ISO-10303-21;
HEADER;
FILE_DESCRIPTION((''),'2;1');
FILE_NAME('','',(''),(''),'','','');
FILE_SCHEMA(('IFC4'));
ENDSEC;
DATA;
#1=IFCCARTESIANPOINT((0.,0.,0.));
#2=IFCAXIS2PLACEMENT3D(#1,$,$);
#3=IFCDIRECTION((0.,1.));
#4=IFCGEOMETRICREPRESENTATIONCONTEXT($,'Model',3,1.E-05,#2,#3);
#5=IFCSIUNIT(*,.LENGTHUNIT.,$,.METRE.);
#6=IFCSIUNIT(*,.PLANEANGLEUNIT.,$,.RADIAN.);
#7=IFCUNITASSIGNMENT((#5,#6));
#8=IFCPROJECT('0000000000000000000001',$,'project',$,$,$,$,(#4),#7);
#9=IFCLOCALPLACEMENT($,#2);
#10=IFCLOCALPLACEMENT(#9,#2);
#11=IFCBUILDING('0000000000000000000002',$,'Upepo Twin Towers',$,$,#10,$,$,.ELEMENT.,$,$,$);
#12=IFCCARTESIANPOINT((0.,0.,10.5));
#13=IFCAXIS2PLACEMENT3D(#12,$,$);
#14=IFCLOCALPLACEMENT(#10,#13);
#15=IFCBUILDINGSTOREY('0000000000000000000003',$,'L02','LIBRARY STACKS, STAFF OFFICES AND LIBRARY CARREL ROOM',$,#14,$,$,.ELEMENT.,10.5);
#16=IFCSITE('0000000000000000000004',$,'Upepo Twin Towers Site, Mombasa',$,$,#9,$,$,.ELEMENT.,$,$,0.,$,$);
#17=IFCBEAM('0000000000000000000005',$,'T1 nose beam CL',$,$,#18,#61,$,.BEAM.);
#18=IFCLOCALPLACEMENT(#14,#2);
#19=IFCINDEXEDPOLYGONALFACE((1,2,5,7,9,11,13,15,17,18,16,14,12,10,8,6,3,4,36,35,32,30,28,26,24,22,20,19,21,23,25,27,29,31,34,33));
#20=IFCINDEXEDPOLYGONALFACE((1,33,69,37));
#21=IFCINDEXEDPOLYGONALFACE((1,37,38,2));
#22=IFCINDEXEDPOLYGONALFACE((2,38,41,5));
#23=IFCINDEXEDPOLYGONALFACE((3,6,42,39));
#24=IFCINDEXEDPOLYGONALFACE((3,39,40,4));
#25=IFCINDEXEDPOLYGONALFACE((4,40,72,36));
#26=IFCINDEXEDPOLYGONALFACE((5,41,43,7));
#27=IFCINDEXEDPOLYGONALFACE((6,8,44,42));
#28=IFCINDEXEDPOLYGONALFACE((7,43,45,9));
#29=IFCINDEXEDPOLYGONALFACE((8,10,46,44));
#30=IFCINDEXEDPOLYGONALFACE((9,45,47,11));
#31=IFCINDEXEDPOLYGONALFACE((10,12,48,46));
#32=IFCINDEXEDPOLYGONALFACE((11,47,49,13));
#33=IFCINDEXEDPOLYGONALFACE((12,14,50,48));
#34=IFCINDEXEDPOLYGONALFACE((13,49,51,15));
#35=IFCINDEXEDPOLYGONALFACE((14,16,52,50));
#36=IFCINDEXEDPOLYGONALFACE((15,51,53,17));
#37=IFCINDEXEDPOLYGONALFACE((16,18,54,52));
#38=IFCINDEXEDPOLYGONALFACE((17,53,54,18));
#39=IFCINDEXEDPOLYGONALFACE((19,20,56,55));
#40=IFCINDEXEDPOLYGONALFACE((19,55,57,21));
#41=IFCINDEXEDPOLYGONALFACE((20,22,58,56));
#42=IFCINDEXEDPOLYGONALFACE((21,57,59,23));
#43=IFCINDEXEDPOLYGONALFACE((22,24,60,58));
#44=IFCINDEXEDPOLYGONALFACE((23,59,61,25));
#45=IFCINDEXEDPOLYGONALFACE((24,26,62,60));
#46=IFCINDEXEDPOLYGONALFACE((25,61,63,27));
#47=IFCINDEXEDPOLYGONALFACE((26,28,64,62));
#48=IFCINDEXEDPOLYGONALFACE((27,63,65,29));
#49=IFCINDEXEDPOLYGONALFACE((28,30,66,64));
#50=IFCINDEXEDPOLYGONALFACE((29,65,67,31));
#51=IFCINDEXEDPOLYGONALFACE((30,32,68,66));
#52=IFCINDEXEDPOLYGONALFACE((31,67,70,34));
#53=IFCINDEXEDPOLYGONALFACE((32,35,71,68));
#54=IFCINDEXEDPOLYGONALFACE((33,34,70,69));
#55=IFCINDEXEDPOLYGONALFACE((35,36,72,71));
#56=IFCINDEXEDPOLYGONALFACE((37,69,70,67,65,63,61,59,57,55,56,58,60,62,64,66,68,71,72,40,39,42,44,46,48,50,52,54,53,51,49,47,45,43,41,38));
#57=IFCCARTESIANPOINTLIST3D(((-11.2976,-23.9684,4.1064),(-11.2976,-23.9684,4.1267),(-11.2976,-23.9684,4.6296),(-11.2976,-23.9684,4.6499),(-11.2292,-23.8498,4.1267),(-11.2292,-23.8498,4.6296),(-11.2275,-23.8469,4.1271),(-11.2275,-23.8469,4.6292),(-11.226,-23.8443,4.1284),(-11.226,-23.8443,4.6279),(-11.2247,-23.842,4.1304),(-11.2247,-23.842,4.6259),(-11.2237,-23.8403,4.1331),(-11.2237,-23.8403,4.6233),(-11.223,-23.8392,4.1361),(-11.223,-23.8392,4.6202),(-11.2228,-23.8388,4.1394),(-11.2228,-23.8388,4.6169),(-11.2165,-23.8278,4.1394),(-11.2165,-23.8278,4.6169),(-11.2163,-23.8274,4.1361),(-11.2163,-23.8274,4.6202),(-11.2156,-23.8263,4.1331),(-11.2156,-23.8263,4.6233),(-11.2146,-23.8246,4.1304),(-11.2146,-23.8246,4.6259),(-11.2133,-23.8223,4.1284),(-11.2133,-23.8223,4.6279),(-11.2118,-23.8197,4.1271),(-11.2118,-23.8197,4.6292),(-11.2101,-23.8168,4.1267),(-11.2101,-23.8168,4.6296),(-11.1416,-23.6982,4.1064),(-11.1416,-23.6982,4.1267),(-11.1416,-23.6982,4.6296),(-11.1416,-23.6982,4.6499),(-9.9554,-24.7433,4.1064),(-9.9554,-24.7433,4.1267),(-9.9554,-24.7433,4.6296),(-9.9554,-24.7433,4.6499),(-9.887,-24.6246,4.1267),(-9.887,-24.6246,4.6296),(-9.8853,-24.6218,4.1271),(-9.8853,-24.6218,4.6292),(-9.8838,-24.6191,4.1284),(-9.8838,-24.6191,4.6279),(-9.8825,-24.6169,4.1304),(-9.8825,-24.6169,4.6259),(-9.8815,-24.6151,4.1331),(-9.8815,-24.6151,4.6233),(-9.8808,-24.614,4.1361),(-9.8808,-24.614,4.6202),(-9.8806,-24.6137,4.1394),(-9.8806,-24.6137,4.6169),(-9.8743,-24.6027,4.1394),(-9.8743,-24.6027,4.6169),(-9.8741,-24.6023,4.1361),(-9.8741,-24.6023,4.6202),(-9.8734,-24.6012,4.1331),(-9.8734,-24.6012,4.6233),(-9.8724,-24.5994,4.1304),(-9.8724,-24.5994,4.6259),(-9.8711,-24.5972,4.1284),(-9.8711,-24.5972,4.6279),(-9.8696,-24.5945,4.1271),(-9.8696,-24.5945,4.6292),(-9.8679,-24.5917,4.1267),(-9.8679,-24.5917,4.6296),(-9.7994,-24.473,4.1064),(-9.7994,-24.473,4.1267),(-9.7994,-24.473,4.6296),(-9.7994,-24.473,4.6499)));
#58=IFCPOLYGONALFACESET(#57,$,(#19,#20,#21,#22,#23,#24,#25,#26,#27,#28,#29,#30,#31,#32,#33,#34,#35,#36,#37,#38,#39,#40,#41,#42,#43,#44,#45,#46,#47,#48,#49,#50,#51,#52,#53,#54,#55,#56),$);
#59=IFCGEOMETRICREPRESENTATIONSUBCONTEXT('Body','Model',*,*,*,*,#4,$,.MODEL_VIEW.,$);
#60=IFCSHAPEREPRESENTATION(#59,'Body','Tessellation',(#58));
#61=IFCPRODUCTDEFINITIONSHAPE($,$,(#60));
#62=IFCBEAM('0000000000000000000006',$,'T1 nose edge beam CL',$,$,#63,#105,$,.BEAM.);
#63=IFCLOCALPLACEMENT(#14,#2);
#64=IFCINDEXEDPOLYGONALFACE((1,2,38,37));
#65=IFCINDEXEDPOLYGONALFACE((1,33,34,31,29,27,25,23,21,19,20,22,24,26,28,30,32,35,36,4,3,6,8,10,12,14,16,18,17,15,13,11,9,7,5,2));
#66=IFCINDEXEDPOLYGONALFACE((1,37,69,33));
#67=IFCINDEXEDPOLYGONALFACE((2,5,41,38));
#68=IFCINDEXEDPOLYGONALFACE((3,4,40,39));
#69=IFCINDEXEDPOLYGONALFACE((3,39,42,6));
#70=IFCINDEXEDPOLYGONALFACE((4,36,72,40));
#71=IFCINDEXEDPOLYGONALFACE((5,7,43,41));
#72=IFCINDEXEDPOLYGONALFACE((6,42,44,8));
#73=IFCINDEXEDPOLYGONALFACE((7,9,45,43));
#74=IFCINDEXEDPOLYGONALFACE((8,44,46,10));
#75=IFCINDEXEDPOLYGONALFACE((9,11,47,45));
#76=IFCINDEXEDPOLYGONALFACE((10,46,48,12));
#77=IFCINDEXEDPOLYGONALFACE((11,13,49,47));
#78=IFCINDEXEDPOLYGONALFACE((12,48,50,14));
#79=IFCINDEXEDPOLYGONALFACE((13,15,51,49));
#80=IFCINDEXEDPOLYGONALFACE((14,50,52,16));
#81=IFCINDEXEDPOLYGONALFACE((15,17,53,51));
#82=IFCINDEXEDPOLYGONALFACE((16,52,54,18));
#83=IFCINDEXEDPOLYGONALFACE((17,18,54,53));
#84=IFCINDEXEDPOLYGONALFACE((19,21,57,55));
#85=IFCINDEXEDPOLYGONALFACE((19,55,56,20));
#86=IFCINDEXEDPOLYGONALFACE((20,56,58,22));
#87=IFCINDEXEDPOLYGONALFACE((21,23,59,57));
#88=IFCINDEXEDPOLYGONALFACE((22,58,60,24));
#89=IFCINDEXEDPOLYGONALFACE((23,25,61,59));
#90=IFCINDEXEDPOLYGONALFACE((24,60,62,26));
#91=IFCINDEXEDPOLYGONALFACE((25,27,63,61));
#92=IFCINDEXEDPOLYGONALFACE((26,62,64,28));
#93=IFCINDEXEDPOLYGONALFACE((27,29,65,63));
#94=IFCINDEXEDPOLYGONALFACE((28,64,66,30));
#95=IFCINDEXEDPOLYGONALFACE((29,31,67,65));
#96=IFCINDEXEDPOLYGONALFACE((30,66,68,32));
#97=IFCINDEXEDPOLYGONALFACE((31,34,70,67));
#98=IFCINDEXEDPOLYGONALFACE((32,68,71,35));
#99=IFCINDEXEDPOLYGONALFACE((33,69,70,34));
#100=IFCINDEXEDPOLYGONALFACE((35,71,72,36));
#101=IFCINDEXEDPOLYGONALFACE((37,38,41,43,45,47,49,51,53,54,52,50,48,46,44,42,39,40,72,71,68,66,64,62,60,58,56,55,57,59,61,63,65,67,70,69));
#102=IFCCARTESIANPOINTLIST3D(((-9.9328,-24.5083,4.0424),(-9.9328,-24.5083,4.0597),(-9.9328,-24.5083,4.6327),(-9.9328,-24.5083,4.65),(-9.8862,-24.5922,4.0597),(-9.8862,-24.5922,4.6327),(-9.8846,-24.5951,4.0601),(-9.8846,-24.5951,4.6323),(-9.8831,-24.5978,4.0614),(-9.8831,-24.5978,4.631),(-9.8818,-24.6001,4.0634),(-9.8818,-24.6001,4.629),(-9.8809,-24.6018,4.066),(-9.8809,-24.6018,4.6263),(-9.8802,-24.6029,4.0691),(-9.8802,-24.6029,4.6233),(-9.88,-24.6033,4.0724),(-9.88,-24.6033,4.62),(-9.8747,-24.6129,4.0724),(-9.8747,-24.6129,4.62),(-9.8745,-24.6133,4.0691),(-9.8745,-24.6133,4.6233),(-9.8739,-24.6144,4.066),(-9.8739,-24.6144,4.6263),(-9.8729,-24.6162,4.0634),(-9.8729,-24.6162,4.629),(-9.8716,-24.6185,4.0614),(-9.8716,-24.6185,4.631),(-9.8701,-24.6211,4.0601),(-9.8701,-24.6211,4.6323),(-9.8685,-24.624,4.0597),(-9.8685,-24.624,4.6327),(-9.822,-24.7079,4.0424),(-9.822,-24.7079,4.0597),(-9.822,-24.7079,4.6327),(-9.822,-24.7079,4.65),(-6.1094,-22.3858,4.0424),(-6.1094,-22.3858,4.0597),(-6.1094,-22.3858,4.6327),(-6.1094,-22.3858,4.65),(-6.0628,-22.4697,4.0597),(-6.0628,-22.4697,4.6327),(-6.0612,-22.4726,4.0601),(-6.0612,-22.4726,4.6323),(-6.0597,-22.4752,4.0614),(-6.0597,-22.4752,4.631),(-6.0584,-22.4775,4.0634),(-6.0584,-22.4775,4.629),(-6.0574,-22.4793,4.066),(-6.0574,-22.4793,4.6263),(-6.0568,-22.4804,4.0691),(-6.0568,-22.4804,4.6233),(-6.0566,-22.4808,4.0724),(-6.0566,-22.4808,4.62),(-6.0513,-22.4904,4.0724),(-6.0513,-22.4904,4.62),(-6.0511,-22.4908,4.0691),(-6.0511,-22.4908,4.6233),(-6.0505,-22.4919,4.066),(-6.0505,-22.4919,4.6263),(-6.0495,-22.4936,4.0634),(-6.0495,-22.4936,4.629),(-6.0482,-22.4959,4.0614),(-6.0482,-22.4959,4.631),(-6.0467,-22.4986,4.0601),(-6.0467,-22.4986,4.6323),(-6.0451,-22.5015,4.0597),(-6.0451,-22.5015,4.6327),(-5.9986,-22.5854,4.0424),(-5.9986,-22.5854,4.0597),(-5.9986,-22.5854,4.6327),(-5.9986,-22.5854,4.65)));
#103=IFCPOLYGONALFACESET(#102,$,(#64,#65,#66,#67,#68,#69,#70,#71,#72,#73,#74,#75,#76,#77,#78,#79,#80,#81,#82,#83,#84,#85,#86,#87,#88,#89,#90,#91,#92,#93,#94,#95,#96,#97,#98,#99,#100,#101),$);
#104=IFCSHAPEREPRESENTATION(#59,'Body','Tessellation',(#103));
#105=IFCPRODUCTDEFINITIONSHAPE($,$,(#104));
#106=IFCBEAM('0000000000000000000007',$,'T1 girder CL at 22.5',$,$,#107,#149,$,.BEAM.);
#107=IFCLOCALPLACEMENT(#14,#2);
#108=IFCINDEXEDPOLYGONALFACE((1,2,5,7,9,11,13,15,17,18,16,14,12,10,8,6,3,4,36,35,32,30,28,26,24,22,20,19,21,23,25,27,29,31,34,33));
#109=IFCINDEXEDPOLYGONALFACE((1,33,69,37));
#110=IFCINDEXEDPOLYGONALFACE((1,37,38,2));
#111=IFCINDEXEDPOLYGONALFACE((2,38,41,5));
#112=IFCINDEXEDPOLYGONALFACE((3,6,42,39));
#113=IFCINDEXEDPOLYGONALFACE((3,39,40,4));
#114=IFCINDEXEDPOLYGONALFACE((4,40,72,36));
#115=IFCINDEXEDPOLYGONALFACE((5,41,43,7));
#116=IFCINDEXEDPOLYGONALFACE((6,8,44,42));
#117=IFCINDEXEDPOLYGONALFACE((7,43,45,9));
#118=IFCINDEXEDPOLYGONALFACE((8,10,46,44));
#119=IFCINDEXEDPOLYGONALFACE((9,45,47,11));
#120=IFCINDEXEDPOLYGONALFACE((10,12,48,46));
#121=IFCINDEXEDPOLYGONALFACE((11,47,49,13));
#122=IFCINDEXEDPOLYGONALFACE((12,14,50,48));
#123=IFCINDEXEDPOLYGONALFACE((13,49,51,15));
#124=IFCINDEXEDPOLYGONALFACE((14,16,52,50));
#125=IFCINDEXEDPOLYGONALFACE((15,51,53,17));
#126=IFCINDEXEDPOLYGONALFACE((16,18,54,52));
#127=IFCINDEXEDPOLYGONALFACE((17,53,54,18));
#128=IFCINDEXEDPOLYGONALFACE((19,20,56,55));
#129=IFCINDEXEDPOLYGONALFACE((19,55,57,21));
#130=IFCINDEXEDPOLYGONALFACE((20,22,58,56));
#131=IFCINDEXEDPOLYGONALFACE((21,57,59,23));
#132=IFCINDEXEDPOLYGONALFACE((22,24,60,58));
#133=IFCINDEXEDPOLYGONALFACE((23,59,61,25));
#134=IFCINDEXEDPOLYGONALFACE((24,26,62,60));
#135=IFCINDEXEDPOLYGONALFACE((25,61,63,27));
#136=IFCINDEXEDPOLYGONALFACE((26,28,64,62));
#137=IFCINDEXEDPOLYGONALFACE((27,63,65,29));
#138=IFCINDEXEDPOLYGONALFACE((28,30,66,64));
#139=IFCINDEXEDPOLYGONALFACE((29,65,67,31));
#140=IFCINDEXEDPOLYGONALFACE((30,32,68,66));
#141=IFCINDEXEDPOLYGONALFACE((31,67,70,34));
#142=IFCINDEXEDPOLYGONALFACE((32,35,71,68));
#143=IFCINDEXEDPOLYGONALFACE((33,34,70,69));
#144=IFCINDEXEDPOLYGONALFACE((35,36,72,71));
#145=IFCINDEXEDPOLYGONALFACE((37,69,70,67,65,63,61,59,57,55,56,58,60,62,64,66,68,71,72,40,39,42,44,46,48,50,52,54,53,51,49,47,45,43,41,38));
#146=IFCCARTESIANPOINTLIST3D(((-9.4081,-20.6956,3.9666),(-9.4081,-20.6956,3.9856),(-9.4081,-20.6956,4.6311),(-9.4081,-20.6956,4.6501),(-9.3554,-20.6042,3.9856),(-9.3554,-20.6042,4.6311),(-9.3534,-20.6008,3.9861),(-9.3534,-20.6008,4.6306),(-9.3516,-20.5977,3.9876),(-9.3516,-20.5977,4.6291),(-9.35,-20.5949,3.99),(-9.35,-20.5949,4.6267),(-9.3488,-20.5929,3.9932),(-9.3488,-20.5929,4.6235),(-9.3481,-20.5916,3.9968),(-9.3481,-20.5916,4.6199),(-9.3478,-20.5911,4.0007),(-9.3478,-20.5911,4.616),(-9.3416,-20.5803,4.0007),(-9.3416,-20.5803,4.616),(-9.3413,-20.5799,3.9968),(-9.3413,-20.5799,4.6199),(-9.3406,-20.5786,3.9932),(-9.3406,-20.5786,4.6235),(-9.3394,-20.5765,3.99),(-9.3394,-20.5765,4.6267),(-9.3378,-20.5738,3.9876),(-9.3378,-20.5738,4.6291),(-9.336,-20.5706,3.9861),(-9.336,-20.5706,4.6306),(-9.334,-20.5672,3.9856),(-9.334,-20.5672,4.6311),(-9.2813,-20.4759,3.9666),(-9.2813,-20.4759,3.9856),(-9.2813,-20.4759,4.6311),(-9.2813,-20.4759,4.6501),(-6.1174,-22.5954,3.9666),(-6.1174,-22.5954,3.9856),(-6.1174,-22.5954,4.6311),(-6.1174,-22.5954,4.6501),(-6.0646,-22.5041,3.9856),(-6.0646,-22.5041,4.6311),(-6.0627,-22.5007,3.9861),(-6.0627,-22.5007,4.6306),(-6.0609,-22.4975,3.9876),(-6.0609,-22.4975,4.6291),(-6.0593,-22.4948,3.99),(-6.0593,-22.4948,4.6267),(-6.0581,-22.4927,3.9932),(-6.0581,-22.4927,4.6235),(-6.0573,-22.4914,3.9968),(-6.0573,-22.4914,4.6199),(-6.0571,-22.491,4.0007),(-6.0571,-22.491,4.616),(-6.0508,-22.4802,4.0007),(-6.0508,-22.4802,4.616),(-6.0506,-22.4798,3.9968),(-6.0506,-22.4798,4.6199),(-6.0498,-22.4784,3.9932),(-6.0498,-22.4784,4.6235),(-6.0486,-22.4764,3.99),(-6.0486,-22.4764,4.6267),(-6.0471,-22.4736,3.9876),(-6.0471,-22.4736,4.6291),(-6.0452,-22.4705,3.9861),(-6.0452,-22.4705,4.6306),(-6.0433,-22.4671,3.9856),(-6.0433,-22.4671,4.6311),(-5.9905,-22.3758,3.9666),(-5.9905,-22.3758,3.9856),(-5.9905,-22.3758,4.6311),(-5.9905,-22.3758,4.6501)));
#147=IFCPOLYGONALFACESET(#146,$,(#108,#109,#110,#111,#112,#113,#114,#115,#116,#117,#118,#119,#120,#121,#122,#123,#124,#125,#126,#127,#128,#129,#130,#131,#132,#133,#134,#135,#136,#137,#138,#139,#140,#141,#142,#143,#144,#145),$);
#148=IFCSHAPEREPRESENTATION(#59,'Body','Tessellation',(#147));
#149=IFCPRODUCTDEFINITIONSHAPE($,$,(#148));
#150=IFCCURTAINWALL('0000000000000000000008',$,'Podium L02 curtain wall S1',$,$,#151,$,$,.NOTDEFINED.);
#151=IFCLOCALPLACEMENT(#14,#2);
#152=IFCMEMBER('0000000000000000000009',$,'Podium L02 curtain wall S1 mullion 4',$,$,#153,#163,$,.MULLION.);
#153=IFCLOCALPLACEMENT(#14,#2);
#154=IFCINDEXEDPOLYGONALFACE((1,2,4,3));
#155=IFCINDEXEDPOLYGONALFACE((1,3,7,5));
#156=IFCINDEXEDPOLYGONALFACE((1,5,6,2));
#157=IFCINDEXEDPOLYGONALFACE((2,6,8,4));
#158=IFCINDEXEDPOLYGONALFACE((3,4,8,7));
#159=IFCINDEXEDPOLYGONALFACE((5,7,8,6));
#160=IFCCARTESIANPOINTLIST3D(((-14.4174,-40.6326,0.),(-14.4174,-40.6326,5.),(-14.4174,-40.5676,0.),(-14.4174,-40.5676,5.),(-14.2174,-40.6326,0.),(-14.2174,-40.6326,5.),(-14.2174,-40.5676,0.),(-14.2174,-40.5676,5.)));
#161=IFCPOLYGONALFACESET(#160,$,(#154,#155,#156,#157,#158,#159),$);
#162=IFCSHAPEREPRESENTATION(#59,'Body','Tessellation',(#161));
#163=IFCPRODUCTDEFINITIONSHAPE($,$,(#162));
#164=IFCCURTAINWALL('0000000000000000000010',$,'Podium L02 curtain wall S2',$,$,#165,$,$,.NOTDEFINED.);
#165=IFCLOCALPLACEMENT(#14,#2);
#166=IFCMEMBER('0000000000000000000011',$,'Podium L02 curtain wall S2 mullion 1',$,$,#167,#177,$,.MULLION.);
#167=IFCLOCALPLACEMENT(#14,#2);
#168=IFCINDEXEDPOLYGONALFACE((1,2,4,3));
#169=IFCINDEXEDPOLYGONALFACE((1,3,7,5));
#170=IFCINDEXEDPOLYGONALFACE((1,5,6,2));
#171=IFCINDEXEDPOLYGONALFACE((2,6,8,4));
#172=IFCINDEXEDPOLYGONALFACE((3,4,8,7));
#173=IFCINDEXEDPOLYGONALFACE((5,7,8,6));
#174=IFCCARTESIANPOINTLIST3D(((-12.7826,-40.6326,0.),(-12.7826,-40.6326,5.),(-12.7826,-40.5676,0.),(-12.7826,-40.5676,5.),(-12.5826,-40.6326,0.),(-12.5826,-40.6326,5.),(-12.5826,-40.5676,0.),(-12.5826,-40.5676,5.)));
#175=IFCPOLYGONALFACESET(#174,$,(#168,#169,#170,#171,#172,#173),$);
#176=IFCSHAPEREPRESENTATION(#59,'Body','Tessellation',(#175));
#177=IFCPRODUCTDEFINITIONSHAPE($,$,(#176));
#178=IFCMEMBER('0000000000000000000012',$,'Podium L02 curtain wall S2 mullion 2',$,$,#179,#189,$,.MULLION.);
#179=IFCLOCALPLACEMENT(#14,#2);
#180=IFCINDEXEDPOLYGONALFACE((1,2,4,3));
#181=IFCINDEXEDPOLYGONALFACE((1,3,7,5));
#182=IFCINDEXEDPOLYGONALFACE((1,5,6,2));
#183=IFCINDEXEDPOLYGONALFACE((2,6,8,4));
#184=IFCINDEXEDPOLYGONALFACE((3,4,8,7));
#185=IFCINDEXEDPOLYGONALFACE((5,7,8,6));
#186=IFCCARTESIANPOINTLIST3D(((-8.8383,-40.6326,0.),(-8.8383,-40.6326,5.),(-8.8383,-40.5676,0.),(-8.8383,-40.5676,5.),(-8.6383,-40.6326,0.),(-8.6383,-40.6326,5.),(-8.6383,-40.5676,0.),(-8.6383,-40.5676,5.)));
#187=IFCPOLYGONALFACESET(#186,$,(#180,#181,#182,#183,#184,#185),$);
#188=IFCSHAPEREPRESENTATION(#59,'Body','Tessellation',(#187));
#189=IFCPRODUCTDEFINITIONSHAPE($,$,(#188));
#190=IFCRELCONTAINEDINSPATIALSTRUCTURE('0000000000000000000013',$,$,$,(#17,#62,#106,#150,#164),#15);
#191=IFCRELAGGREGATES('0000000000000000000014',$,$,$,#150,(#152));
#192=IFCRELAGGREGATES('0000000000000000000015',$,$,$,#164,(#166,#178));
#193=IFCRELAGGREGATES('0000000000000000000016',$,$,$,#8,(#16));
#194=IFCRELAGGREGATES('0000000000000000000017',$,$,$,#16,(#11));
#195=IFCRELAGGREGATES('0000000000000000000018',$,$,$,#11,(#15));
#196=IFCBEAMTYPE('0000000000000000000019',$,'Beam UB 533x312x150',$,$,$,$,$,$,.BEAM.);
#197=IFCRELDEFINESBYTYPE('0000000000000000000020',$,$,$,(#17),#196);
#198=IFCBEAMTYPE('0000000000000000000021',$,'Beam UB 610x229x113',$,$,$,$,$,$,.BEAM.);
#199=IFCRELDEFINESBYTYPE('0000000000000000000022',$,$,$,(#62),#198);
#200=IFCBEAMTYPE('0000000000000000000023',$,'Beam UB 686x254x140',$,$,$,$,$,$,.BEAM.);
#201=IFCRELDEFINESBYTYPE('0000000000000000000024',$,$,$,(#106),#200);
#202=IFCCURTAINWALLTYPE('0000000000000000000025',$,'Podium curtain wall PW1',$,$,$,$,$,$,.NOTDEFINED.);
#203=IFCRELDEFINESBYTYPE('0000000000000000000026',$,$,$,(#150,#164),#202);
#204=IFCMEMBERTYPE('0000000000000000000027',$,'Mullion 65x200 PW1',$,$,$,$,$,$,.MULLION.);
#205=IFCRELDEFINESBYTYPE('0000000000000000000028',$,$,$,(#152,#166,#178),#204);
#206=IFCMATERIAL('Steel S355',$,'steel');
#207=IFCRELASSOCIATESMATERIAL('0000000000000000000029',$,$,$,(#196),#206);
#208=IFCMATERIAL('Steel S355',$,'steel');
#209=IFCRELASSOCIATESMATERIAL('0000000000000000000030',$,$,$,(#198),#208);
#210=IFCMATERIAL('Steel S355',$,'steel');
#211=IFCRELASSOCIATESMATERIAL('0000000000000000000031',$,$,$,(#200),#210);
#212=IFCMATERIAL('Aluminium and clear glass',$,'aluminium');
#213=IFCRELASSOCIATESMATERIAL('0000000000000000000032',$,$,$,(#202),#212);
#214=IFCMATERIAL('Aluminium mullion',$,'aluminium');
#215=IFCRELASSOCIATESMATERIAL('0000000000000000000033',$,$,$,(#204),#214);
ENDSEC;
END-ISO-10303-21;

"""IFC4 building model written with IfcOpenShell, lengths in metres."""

from ifc_helpers import new_model, si_unit, direction, frame, origin, origin_2d, place, context, subcontext, project, spatial, rectangle, i_section, extrude, material, material_profile, profile_set, type_object, element, aggregate, save


model = new_model("IFC4")

# Units and contexts
model_context = context("Model", 3, precision=1e-05, world=origin(), true_north=direction((0.0, 1.0)))
body_context = subcontext(model_context, "Body", "Model", "MODEL_VIEW")
ifc_project = project(units=[si_unit("LENGTHUNIT", "METRE"), si_unit("PLANEANGLEUNIT", "RADIAN")], contexts=[model_context])

# Site, building, storey
site_placement = place(None, origin())
site = spatial("IfcSite", under=ifc_project, at=site_placement, Name="Upepo Twin Towers Site, Mombasa", CompositionType="ELEMENT", RefElevation=0.0)
building_placement = place(site_placement, origin())
building = spatial("IfcBuilding", under=site, at=building_placement, Name="Upepo Twin Towers", CompositionType="ELEMENT")
storey_placement = place(building_placement, frame((0.0, 0.0, 10.5)))
storey = spatial("IfcBuildingStorey", under=building, at=storey_placement, Name="L02", Description="LIBRARY STACKS, STAFF OFFICES AND LIBRARY CARREL ROOM", CompositionType="ELEMENT", Elevation=10.5)

# Beams
ifc_material_1 = material(Name="Steel S355", Category="steel")
ifc_material_profile_1 = material_profile(ifc_material_1, i_section(OverallWidth=0.312, OverallDepth=0.5435, WebThickness=0.0127, FlangeThickness=0.0203, FilletRadius=0.0127, at=origin_2d()), Name="UB 533x312x150")
ifc_profile_set_1 = profile_set([ifc_material_profile_1], Name="Steel S355")
beam_type_1 = type_object("IfcBeamType", Name="Beam UB 533x312x150", PredefinedType="BEAM", material=ifc_profile_set_1)
beam_1_placement = place(storey_placement, frame((-9.8774, -24.6082, 4.3782), z_axis=(-0.866044, 0.499968, 0.0), x_axis=(-0.499968, -0.866044, 0.0)))
element("IfcBeam", 1, at=beam_1_placement, inside=storey, type_object=beam_type_1, Name="T1 nose beam CL", PredefinedType="BEAM", context=body_context, shape_type="SweptSolid", body=[
    extrude(i_section(OverallWidth=0.312, OverallDepth=0.5435, WebThickness=0.0127, FlangeThickness=0.0203, FilletRadius=0.0127, at=origin_2d()), origin(), (0.0, 0.0, 1.0), 1.5498),
])
ifc_material_2 = material(Name="Steel S355", Category="steel")
ifc_material_profile_2 = material_profile(ifc_material_2, i_section(OverallWidth=0.2283, OverallDepth=0.6077, WebThickness=0.011, FlangeThickness=0.0173, FilletRadius=0.0127, at=origin_2d()), Name="UB 610x229x113")
ifc_profile_set_2 = profile_set([ifc_material_profile_2], Name="Steel S355")
beam_type_2 = type_object("IfcBeamType", Name="Beam UB 610x229x113", PredefinedType="BEAM", material=ifc_profile_set_2)
beam_2_placement = place(storey_placement, frame((-6.054, -22.4856, 4.3462), z_axis=(-0.874313, -0.485363, 0.0), x_axis=(0.485363, -0.874313, 0.0)))
element("IfcBeam", 2, at=beam_2_placement, inside=storey, type_object=beam_type_2, Name="T1 nose edge beam CL", PredefinedType="BEAM", context=body_context, shape_type="SweptSolid", body=[
    extrude(i_section(OverallWidth=0.2283, OverallDepth=0.6077, WebThickness=0.011, FlangeThickness=0.0173, FilletRadius=0.0127, at=origin_2d()), origin(), (0.0, 0.0, 1.0), 4.373),
])
ifc_material_3 = material(Name="Steel S355", Category="steel")
ifc_material_profile_3 = material_profile(ifc_material_3, i_section(OverallWidth=0.2537, OverallDepth=0.6836, WebThickness=0.0125, FlangeThickness=0.019, FilletRadius=0.0151, at=origin_2d()), Name="UB 686x254x140")
ifc_profile_set_3 = profile_set([ifc_material_profile_3], Name="Steel S355")
beam_type_3 = type_object("IfcBeamType", Name="Beam UB 686x254x140", PredefinedType="BEAM", material=ifc_profile_set_3)
beam_3_placement = place(storey_placement, frame((-6.054, -22.4856, 4.3083), z_axis=(-0.866028, 0.499995, 0.0), x_axis=(-0.499995, -0.866028, 0.0)))
element("IfcBeam", 3, at=beam_3_placement, inside=storey, type_object=beam_type_3, Name="T1 girder CL at 22.5", PredefinedType="BEAM", context=body_context, shape_type="SweptSolid", body=[
    extrude(i_section(OverallWidth=0.2537, OverallDepth=0.6836, WebThickness=0.0125, FlangeThickness=0.019, FilletRadius=0.0151, at=origin_2d()), origin(), (0.0, 0.0, 1.0), 3.7998),
])

# Curtain wall, member
ifc_material_4 = material(Name="Aluminium and clear glass", Category="aluminium")
curtain_wall_type = type_object("IfcCurtainWallType", Name="Podium curtain wall PW1", PredefinedType="NOTDEFINED", material=ifc_material_4)
curtain_wall_1_placement = place(storey_placement, origin())
curtain_wall_1 = element("IfcCurtainWall", 4, at=curtain_wall_1_placement, inside=storey, type_object=curtain_wall_type, Name="Podium L02 curtain wall S1", PredefinedType="NOTDEFINED")
ifc_material_5 = material(Name="Aluminium mullion", Category="aluminium")
ifc_material_profile_4 = material_profile(ifc_material_5, rectangle(XDim=0.0649, YDim=0.2, at=origin_2d()), Name="MULLION 65x200 PODIUM")
ifc_profile_set_4 = profile_set([ifc_material_profile_4], Name="Aluminium mullion")
member_type_1 = type_object("IfcMemberType", Name="Mullion 65x200 PW1", PredefinedType="MULLION", material=ifc_profile_set_4)
member_1_placement = place(storey_placement, frame((-14.3174, -40.6001, 0.0), z_axis=(0.0, 0.0, 1.0), x_axis=(0.0, 1.0, 0.0)))
member_1 = element("IfcMember", 5, at=member_1_placement, type_object=member_type_1, Name="Podium L02 curtain wall S1 mullion 4", PredefinedType="MULLION", context=body_context, shape_type="SweptSolid", body=[
    extrude(rectangle(XDim=0.0649, YDim=0.2, at=origin_2d()), origin(), (0.0, 0.0, 1.0), 5.0),
])

# Curtain wall, members
curtain_wall_2_placement = place(storey_placement, origin())
curtain_wall_2 = element("IfcCurtainWall", 6, at=curtain_wall_2_placement, inside=storey, type_object=curtain_wall_type, Name="Podium L02 curtain wall S2", PredefinedType="NOTDEFINED")
member_2_placement = place(storey_placement, frame((-12.6826, -40.6001, 0.0), z_axis=(0.0, 0.0, 1.0), x_axis=(0.0, 1.0, 0.0)))
member_2 = element("IfcMember", 7, at=member_2_placement, type_object=member_type_1, Name="Podium L02 curtain wall S2 mullion 1", PredefinedType="MULLION", context=body_context, shape_type="SweptSolid", body=[
    extrude(rectangle(XDim=0.0649, YDim=0.2, at=origin_2d()), origin(), (0.0, 0.0, 1.0), 5.0),
])
member_3_placement = place(storey_placement, frame((-8.7383, -40.6001, 0.0), z_axis=(0.0, 0.0, 1.0), x_axis=(0.0, 1.0, 0.0)))
member_3 = element("IfcMember", 8, at=member_3_placement, type_object=member_type_1, Name="Podium L02 curtain wall S2 mullion 2", PredefinedType="MULLION", context=body_context, shape_type="SweptSolid", body=[
    extrude(rectangle(XDim=0.0649, YDim=0.2, at=origin_2d()), origin(), (0.0, 0.0, 1.0), 5.0),
])

aggregate(curtain_wall_1, [member_1])
aggregate(curtain_wall_2, [member_2, member_3])

save(model, "model.ifc")
